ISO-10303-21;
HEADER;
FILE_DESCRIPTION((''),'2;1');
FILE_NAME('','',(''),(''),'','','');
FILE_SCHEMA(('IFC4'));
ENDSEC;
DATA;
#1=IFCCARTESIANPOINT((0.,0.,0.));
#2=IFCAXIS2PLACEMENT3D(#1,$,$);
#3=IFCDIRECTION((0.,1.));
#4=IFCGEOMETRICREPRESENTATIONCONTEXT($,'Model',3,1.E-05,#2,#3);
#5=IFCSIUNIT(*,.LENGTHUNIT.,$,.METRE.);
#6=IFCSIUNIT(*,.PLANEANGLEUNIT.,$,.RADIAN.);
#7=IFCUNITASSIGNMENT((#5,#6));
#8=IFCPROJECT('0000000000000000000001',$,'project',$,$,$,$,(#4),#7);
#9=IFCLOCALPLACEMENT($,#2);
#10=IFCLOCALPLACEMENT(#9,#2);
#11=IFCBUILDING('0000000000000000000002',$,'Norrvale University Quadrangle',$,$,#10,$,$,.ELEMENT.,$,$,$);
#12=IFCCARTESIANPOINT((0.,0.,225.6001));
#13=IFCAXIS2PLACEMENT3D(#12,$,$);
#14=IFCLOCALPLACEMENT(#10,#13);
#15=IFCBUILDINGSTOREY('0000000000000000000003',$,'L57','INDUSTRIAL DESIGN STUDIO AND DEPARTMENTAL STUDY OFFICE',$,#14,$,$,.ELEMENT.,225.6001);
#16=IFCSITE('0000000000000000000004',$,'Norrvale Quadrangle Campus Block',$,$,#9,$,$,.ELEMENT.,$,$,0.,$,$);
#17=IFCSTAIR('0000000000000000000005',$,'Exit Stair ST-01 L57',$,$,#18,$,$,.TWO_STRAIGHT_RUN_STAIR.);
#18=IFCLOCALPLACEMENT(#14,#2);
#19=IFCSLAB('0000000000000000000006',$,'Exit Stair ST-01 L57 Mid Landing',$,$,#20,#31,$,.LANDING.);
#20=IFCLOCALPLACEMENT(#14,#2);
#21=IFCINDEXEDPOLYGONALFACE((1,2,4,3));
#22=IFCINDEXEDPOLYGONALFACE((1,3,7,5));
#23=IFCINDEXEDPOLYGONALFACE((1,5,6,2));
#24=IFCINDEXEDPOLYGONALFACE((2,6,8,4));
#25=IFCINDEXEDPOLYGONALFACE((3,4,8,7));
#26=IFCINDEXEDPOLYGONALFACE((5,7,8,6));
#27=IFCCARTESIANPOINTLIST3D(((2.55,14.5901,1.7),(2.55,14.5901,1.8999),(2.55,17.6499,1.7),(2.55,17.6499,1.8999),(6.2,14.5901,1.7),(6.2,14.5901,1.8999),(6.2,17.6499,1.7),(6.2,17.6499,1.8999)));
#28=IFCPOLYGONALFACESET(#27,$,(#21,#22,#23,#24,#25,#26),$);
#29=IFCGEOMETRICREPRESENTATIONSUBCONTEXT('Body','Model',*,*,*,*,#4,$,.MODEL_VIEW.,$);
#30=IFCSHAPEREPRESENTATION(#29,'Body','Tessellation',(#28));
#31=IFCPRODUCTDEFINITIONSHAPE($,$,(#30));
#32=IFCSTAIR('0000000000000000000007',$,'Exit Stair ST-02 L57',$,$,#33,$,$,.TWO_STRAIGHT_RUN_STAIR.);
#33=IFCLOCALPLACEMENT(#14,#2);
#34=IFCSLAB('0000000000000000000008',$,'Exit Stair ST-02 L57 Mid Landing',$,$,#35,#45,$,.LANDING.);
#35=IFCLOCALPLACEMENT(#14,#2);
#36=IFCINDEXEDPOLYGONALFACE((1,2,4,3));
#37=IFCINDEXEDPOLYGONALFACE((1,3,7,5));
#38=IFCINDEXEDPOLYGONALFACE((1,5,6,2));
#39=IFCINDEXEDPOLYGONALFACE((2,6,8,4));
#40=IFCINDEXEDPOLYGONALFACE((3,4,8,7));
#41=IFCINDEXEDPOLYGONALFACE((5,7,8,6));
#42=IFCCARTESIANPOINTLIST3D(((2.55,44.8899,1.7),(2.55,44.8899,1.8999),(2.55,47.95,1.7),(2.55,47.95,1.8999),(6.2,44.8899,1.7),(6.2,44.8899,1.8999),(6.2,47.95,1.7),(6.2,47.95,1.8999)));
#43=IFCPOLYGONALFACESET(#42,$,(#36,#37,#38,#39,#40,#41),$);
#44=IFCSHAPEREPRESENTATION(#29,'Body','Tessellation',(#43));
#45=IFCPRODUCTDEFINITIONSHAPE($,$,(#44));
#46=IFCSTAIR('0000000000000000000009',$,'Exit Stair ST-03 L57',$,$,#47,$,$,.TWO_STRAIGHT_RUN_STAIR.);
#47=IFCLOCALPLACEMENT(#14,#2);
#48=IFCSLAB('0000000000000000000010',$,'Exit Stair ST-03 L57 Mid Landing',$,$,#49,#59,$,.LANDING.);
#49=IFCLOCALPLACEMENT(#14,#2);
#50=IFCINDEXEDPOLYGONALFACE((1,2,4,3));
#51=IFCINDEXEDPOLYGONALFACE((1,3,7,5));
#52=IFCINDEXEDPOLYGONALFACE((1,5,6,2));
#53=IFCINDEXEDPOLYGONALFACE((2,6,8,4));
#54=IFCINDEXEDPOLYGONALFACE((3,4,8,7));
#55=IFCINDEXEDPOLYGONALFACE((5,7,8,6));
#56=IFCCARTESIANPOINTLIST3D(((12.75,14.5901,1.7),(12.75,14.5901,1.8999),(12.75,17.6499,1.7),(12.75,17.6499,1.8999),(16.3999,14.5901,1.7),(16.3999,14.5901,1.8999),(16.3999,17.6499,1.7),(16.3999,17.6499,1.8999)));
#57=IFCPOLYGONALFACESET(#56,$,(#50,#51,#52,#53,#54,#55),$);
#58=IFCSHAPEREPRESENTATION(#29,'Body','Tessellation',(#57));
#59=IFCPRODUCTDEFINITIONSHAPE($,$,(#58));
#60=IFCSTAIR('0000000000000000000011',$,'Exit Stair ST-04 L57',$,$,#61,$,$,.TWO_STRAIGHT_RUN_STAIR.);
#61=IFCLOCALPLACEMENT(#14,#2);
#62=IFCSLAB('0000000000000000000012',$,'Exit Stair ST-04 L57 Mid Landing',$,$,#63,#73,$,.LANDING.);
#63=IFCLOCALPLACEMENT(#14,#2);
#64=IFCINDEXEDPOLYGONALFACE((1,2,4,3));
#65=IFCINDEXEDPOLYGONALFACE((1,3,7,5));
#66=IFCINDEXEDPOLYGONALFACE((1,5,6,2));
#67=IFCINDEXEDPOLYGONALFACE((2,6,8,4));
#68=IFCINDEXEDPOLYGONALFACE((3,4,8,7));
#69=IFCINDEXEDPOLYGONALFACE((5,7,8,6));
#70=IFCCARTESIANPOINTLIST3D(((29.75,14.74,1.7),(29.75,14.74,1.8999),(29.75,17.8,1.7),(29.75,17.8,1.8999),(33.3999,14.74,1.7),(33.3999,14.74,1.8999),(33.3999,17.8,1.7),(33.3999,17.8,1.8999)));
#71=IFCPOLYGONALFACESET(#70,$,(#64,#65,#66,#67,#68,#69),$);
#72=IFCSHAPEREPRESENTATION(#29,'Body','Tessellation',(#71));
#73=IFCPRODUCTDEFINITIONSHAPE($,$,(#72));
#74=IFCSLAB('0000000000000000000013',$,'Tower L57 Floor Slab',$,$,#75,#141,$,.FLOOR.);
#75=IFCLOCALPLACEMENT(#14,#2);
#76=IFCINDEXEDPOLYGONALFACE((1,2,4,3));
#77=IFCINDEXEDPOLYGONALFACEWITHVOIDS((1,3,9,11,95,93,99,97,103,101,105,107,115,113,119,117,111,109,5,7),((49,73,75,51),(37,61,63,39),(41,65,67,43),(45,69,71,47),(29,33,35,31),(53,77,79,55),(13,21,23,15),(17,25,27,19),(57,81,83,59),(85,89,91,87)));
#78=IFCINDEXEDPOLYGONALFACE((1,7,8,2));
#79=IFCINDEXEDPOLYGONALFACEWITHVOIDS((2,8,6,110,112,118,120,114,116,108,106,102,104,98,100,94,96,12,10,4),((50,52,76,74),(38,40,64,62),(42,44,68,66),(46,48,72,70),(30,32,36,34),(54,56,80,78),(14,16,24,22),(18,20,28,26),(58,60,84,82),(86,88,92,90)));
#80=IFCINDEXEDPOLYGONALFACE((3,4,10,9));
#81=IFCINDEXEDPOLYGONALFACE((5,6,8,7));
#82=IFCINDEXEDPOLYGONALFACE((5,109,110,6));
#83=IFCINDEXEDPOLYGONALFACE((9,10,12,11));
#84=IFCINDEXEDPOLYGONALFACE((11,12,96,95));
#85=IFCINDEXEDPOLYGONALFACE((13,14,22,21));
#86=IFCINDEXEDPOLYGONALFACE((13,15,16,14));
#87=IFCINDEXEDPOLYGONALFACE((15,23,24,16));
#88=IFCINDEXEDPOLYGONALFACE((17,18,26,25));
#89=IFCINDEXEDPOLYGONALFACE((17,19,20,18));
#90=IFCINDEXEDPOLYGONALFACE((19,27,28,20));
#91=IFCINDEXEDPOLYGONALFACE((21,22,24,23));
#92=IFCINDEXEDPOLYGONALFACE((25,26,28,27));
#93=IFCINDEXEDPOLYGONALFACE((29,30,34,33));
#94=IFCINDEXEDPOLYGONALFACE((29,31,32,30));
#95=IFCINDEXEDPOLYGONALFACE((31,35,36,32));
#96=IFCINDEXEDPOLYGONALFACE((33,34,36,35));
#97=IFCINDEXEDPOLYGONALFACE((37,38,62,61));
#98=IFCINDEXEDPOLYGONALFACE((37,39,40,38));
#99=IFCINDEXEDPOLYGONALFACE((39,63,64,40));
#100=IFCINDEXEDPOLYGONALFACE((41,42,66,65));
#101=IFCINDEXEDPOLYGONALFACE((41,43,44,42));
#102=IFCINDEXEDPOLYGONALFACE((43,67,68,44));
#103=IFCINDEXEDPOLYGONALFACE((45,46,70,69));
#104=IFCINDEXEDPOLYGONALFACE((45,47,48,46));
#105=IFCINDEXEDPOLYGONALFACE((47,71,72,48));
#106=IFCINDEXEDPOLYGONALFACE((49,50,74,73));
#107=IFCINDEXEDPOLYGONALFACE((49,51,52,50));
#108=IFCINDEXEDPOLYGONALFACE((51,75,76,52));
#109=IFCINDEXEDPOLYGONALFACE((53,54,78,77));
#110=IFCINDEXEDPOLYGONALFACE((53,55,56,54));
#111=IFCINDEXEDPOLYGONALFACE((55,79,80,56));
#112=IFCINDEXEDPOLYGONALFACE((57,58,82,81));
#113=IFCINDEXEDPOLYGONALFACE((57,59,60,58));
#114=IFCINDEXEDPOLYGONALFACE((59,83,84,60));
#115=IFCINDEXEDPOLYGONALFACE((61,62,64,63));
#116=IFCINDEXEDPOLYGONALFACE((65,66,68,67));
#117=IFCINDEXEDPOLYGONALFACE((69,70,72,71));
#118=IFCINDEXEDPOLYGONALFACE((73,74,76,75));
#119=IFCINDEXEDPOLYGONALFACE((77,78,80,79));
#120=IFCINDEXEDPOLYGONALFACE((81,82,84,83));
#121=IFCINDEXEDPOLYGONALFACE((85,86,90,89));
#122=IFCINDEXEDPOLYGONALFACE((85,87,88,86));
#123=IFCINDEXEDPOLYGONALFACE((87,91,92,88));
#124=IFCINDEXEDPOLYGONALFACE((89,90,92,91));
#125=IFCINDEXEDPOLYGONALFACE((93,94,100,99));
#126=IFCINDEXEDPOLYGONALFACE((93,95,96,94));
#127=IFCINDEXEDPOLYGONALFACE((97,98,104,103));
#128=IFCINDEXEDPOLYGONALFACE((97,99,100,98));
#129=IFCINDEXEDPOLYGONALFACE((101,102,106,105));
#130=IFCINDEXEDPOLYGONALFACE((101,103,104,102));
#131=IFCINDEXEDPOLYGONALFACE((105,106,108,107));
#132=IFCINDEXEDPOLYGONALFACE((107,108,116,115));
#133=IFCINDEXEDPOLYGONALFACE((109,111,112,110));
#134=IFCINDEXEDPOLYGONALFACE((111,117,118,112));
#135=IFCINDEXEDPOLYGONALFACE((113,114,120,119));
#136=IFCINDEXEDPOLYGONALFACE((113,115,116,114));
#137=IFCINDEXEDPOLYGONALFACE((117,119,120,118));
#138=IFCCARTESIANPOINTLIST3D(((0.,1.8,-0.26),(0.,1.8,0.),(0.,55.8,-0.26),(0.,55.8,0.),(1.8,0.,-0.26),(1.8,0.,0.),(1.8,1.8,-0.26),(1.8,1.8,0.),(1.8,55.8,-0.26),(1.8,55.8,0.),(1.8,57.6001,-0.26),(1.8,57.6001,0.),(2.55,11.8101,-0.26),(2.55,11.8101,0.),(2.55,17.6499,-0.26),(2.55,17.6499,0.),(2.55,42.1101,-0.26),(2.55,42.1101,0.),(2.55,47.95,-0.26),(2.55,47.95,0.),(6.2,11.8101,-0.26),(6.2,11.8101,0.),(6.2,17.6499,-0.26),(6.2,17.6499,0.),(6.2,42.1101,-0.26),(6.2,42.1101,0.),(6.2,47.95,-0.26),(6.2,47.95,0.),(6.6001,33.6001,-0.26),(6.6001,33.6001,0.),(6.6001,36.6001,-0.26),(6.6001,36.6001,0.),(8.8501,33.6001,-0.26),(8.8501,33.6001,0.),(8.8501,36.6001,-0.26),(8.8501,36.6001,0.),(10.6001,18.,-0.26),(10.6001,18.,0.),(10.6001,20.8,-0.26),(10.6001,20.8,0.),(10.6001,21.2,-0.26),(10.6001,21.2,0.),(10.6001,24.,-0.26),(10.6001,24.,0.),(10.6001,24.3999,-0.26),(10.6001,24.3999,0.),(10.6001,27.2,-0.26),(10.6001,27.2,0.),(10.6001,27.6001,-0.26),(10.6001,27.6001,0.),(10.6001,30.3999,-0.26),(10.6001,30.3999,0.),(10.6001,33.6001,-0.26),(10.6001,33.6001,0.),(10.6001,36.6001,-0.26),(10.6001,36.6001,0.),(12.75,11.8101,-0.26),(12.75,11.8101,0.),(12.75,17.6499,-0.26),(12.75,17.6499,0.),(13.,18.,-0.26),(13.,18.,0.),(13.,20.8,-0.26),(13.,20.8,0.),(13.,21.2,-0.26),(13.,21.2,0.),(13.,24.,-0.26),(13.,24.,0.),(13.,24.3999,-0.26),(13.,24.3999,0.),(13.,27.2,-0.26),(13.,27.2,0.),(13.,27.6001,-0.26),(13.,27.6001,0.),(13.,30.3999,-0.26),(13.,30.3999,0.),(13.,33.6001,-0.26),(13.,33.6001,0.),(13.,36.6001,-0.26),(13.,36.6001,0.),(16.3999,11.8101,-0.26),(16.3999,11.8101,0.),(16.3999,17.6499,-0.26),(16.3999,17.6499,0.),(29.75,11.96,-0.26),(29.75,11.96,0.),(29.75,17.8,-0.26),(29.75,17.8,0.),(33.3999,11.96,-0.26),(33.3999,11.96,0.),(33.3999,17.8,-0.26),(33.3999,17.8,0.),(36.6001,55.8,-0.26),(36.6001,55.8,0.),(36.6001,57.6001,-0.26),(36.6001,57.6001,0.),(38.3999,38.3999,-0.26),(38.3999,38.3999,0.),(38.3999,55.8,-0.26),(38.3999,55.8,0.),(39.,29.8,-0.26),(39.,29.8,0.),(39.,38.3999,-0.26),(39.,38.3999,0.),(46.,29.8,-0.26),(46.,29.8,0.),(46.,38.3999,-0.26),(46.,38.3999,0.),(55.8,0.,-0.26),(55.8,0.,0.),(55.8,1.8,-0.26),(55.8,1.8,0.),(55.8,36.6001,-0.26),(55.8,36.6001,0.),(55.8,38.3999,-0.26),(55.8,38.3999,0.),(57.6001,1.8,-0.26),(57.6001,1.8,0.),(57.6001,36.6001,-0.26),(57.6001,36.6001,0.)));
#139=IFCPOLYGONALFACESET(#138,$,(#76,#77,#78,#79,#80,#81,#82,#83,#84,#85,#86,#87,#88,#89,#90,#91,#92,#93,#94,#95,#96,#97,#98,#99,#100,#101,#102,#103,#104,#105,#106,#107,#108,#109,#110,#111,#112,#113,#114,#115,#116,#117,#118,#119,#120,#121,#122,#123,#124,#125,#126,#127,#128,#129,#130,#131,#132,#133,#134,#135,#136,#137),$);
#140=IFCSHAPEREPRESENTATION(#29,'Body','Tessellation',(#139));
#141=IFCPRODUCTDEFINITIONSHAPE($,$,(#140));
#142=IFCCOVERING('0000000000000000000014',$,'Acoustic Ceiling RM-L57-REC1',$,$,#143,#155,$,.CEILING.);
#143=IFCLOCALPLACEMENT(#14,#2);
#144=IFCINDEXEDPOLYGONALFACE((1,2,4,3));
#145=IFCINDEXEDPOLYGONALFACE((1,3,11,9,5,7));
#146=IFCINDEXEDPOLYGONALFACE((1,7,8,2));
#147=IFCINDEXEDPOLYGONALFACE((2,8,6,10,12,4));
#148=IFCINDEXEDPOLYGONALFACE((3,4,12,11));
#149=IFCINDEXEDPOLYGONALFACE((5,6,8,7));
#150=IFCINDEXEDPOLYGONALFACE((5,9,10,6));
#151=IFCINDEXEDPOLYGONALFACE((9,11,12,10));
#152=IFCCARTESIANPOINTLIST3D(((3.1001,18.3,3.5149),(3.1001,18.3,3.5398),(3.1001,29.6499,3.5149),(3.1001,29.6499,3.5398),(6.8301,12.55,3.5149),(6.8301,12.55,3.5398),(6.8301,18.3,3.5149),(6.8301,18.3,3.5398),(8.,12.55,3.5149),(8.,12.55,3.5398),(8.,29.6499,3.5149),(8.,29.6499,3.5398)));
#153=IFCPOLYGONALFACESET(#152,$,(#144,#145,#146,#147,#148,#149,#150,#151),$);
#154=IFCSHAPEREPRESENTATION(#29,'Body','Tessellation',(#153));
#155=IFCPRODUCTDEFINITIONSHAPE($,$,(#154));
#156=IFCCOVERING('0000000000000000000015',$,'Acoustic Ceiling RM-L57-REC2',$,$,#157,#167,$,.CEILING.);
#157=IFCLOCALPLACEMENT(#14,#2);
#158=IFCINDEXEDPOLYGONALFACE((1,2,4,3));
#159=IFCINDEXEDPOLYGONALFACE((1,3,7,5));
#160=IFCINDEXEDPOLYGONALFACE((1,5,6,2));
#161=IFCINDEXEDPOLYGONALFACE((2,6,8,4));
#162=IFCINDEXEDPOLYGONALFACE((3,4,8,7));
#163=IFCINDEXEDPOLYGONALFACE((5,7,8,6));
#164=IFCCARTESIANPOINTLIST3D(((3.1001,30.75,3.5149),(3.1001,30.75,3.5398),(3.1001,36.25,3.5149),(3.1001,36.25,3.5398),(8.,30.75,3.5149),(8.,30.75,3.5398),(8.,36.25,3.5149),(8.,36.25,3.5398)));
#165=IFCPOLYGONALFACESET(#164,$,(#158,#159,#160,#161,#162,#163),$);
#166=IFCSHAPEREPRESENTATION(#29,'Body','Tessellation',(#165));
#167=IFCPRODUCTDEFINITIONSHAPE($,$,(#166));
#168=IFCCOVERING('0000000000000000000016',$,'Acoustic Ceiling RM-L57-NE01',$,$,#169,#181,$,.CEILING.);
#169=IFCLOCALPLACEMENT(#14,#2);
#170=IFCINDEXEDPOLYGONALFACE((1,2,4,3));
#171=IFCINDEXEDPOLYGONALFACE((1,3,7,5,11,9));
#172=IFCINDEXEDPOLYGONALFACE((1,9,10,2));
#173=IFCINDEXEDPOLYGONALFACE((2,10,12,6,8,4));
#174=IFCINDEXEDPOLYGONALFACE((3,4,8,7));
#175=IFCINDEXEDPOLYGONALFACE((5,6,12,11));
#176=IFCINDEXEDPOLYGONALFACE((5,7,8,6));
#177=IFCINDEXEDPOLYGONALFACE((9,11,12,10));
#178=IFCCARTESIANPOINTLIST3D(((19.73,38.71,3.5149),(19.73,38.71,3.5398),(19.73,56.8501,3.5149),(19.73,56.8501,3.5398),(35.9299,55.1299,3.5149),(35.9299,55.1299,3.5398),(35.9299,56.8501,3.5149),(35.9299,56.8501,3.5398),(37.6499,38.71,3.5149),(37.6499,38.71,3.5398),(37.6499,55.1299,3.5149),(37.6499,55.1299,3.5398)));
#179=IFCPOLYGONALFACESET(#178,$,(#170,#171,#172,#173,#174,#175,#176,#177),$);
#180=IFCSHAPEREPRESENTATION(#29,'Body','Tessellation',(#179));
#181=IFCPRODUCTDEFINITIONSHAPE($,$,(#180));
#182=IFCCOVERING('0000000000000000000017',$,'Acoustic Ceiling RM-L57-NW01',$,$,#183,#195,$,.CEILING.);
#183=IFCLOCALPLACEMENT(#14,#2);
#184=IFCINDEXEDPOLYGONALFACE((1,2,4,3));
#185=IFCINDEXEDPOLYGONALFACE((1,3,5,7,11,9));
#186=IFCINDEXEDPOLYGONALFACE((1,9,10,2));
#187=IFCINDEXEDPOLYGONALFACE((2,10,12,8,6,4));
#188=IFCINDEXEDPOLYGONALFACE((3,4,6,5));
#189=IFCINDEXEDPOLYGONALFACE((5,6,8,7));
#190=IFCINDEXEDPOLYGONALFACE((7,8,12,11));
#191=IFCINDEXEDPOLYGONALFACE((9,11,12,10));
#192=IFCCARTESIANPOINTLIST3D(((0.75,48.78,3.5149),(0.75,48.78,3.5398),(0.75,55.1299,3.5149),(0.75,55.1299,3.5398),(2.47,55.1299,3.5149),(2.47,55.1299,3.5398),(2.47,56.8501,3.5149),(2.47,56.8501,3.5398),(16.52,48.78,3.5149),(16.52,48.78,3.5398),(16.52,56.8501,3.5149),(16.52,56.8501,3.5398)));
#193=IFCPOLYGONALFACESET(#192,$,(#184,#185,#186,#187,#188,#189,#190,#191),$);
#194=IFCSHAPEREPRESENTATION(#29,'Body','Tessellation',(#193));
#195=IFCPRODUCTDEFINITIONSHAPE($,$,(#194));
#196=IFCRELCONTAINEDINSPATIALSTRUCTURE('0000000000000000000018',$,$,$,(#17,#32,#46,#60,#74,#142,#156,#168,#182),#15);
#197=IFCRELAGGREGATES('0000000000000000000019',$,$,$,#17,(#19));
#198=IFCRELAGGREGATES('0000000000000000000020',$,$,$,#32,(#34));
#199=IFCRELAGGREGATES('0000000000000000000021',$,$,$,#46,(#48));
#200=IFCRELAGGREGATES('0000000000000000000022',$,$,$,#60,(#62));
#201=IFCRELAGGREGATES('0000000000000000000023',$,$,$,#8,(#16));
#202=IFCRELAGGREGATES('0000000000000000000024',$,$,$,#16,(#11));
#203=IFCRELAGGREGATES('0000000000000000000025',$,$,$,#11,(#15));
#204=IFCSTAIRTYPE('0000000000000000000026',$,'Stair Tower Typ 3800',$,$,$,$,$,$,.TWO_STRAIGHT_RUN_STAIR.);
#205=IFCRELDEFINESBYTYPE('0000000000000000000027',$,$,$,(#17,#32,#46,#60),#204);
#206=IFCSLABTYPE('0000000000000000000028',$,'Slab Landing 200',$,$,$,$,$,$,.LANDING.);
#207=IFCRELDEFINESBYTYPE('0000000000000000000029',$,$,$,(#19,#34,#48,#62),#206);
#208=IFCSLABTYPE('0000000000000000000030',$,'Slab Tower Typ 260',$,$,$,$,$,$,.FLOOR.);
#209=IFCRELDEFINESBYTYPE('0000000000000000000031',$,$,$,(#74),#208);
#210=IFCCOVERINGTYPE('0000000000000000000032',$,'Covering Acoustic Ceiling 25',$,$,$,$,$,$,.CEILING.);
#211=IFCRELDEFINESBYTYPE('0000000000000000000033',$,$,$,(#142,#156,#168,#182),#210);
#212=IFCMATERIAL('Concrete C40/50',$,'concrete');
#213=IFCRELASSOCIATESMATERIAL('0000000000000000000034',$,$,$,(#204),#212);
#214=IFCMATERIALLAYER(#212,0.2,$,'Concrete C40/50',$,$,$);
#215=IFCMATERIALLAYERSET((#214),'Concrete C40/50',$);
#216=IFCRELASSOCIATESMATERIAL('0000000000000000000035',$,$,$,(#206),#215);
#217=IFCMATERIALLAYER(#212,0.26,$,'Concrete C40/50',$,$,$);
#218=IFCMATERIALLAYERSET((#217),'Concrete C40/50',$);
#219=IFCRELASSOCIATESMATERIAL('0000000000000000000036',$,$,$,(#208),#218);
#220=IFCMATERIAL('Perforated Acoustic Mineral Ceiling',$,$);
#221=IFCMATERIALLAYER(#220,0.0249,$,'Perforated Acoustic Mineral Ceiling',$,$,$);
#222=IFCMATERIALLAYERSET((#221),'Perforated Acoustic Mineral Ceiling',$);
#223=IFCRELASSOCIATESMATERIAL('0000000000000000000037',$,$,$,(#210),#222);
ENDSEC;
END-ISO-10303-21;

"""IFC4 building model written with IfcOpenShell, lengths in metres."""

from ifc_helpers import new_model, si_unit, direction, frame, origin, place, context, subcontext, project, spatial, polyline, outline, extrude, material, layer, layer_set, type_object, element, aggregate, save


model = new_model("IFC4")

# Units and contexts
model_context = context("Model", 3, precision=1e-05, world=origin(), true_north=direction((0.0, 1.0)))
body_context = subcontext(model_context, "Body", "Model", "MODEL_VIEW")
ifc_project = project(units=[si_unit("LENGTHUNIT", "METRE"), si_unit("PLANEANGLEUNIT", "RADIAN")], contexts=[model_context])

# Site, building, storey
site_placement = place(None, origin())
site = spatial("IfcSite", under=ifc_project, at=site_placement, Name="Norrvale Quadrangle Campus Block", CompositionType="ELEMENT", RefElevation=0.0)
building_placement = place(site_placement, origin())
building = spatial("IfcBuilding", under=site, at=building_placement, Name="Norrvale University Quadrangle", CompositionType="ELEMENT")
storey_placement = place(building_placement, frame((0.0, 0.0, 225.6001)))
storey = spatial("IfcBuildingStorey", under=building, at=storey_placement, Name="L57", Description="INDUSTRIAL DESIGN STUDIO AND DEPARTMENTAL STUDY OFFICE", CompositionType="ELEMENT", Elevation=225.6001)

# Stairs, slabs
ifc_material_1 = material(Name="Concrete C40/50", Category="concrete")
stair_type = type_object("IfcStairType", Name="Stair Tower Typ 3800", PredefinedType="TWO_STRAIGHT_RUN_STAIR", material=ifc_material_1)
stair_1_placement = place(storey_placement, origin())
stair_1 = element("IfcStair", 1, at=stair_1_placement, inside=storey, type_object=stair_type, Name="Exit Stair ST-01 L57", PredefinedType="TWO_STRAIGHT_RUN_STAIR")
ifc_layer_1 = layer(ifc_material_1, 0.2, Name="Concrete C40/50")
ifc_layer_set_1 = layer_set([ifc_layer_1], Name="Concrete C40/50")
slab_type_1 = type_object("IfcSlabType", Name="Slab Landing 200", PredefinedType="LANDING", material=ifc_layer_set_1)
slab_1_placement = place(storey_placement, frame((0.0, 0.0, 1.7)))
slab_1 = element("IfcSlab", 2, at=slab_1_placement, type_object=slab_type_1, Name="Exit Stair ST-01 L57 Mid Landing", PredefinedType="LANDING", context=body_context, shape_type="SweptSolid", body=[
    extrude(outline(polyline([(2.55, 14.5901), (6.2, 14.5901), (6.2, 17.6499), (2.55, 17.6499), (2.55, 14.5901)])), origin(), (0.0, 0.0, 1.0), 0.2),
])
aggregate(stair_1, [slab_1])
stair_2_placement = place(storey_placement, origin())
stair_2 = element("IfcStair", 3, at=stair_2_placement, inside=storey, type_object=stair_type, Name="Exit Stair ST-02 L57", PredefinedType="TWO_STRAIGHT_RUN_STAIR")
slab_2_placement = place(storey_placement, frame((0.0, 0.0, 1.7)))
slab_2 = element("IfcSlab", 4, at=slab_2_placement, type_object=slab_type_1, Name="Exit Stair ST-02 L57 Mid Landing", PredefinedType="LANDING", context=body_context, shape_type="SweptSolid", body=[
    extrude(outline(polyline([(2.55, 44.8899), (6.2, 44.8899), (6.2, 47.95), (2.55, 47.95), (2.55, 44.8899)])), origin(), (0.0, 0.0, 1.0), 0.2),
])
aggregate(stair_2, [slab_2])
stair_3_placement = place(storey_placement, origin())
stair_3 = element("IfcStair", 5, at=stair_3_placement, inside=storey, type_object=stair_type, Name="Exit Stair ST-03 L57", PredefinedType="TWO_STRAIGHT_RUN_STAIR")
slab_3_placement = place(storey_placement, frame((0.0, 0.0, 1.7)))
slab_3 = element("IfcSlab", 6, at=slab_3_placement, type_object=slab_type_1, Name="Exit Stair ST-03 L57 Mid Landing", PredefinedType="LANDING", context=body_context, shape_type="SweptSolid", body=[
    extrude(outline(polyline([(12.75, 14.5901), (16.3999, 14.5901), (16.3999, 17.6499), (12.75, 17.6499), (12.75, 14.5901)])), origin(), (0.0, 0.0, 1.0), 0.2),
])
aggregate(stair_3, [slab_3])
stair_4_placement = place(storey_placement, origin())
stair_4 = element("IfcStair", 7, at=stair_4_placement, inside=storey, type_object=stair_type, Name="Exit Stair ST-04 L57", PredefinedType="TWO_STRAIGHT_RUN_STAIR")
slab_4_placement = place(storey_placement, frame((0.0, 0.0, 1.7)))
slab_4 = element("IfcSlab", 8, at=slab_4_placement, type_object=slab_type_1, Name="Exit Stair ST-04 L57 Mid Landing", PredefinedType="LANDING", context=body_context, shape_type="SweptSolid", body=[
    extrude(outline(polyline([(29.75, 14.74), (33.3999, 14.74), (33.3999, 17.8), (29.75, 17.8), (29.75, 14.74)])), origin(), (0.0, 0.0, 1.0), 0.2),
])
aggregate(stair_4, [slab_4])

# Slab
ifc_layer_2 = layer(ifc_material_1, 0.26, Name="Concrete C40/50")
ifc_layer_set_2 = layer_set([ifc_layer_2], Name="Concrete C40/50")
slab_type_2 = type_object("IfcSlabType", Name="Slab Tower Typ 260", PredefinedType="FLOOR", material=ifc_layer_set_2)
slab_5_placement = place(storey_placement, frame((0.0, 0.0, -0.26)))
element("IfcSlab", 9, at=slab_5_placement, inside=storey, type_object=slab_type_2, Name="Tower L57 Floor Slab", PredefinedType="FLOOR", context=body_context, shape_type="SweptSolid", body=[
    extrude(outline(polyline([(55.8, 38.3999), (55.8, 36.6001), (57.6001, 36.6001), (57.6001, 1.8), (55.8, 1.8), (55.8, 0.0), (1.8, 0.0), (1.8, 1.8), (0.0, 1.8), (0.0, 55.8), (1.8, 55.8), (1.8, 57.6001), (36.6001, 57.6001), (36.6001, 55.8), (38.3999, 55.8), (38.3999, 38.3999), (39.0, 38.3999), (39.0, 29.8), (46.0, 29.8), (46.0, 38.3999), (55.8, 38.3999)]), holes=[polyline([(2.55, 11.8101), (6.2, 11.8101), (6.2, 17.6499), (2.55, 17.6499), (2.55, 11.8101)]), polyline([(2.55, 42.1101), (6.2, 42.1101), (6.2, 47.95), (2.55, 47.95), (2.55, 42.1101)]), polyline([(12.75, 11.8101), (16.3999, 11.8101), (16.3999, 17.6499), (12.75, 17.6499), (12.75, 11.8101)]), polyline([(29.75, 11.96), (33.3999, 11.96), (33.3999, 17.8), (29.75, 17.8), (29.75, 11.96)]), polyline([(10.6001, 18.0), (13.0, 18.0), (13.0, 20.8), (10.6001, 20.8), (10.6001, 18.0)]), polyline([(10.6001, 21.2), (13.0, 21.2), (13.0, 24.0), (10.6001, 24.0), (10.6001, 21.2)]), polyline([(10.6001, 24.3999), (13.0, 24.3999), (13.0, 27.2), (10.6001, 27.2), (10.6001, 24.3999)]), polyline([(10.6001, 27.6001), (13.0, 27.6001), (13.0, 30.3999), (10.6001, 30.3999), (10.6001, 27.6001)]), polyline([(6.6001, 33.6001), (8.8501, 33.6001), (8.8501, 36.6001), (6.6001, 36.6001), (6.6001, 33.6001)]), polyline([(10.6001, 33.6001), (13.0, 33.6001), (13.0, 36.6001), (10.6001, 36.6001), (10.6001, 33.6001)])]), origin(), (0.0, 0.0, 1.0), 0.26),
])

# Coverings
ifc_material_2 = material(Name="Perforated Acoustic Mineral Ceiling")
ifc_layer_3 = layer(ifc_material_2, 0.0249, Name="Perforated Acoustic Mineral Ceiling")
ifc_layer_set_3 = layer_set([ifc_layer_3], Name="Perforated Acoustic Mineral Ceiling")
covering_type_1 = type_object("IfcCoveringType", Name="Covering Acoustic Ceiling 25", PredefinedType="CEILING", material=ifc_layer_set_3)
covering_1_placement = place(storey_placement, frame((0.0, 0.0, 3.5149)))
element("IfcCovering", 10, at=covering_1_placement, inside=storey, type_object=covering_type_1, Name="Acoustic Ceiling RM-L57-REC1", PredefinedType="CEILING", context=body_context, shape_type="SweptSolid", body=[
    extrude(outline(polyline([(3.1001, 18.3), (3.1001, 29.6499), (8.0, 29.6499), (8.0, 12.55), (6.8301, 12.55), (6.8301, 18.3), (3.1001, 18.3)])), origin(), (0.0, 0.0, 1.0), 0.0249),
])
covering_2_placement = place(storey_placement, frame((0.0, 0.0, 3.5149)))
element("IfcCovering", 11, at=covering_2_placement, inside=storey, type_object=covering_type_1, Name="Acoustic Ceiling RM-L57-REC2", PredefinedType="CEILING", context=body_context, shape_type="SweptSolid", body=[
    extrude(outline(polyline([(3.1001, 30.75), (3.1001, 36.25), (8.0, 36.25), (8.0, 30.75), (3.1001, 30.75)])), origin(), (0.0, 0.0, 1.0), 0.0249),
])
covering_3_placement = place(storey_placement, frame((0.0, 0.0, 3.5149)))
element("IfcCovering", 12, at=covering_3_placement, inside=storey, type_object=covering_type_1, Name="Acoustic Ceiling RM-L57-NE01", PredefinedType="CEILING", context=body_context, shape_type="SweptSolid", body=[
    extrude(outline(polyline([(19.73, 38.71), (19.73, 56.8501), (35.9299, 56.8501), (35.9299, 55.1299), (37.6499, 55.1299), (37.6499, 38.71), (19.73, 38.71)])), origin(), (0.0, 0.0, 1.0), 0.0249),
])
covering_4_placement = place(storey_placement, frame((0.0, 0.0, 3.5149)))
element("IfcCovering", 13, at=covering_4_placement, inside=storey, type_object=covering_type_1, Name="Acoustic Ceiling RM-L57-NW01", PredefinedType="CEILING", context=body_context, shape_type="SweptSolid", body=[
    extrude(outline(polyline([(16.52, 56.8501), (16.52, 48.78), (0.75, 48.78), (0.75, 55.1299), (2.47, 55.1299), (2.47, 56.8501), (16.52, 56.8501)])), origin(), (0.0, 0.0, 1.0), 0.0249),
])

save(model, "model.ifc")
